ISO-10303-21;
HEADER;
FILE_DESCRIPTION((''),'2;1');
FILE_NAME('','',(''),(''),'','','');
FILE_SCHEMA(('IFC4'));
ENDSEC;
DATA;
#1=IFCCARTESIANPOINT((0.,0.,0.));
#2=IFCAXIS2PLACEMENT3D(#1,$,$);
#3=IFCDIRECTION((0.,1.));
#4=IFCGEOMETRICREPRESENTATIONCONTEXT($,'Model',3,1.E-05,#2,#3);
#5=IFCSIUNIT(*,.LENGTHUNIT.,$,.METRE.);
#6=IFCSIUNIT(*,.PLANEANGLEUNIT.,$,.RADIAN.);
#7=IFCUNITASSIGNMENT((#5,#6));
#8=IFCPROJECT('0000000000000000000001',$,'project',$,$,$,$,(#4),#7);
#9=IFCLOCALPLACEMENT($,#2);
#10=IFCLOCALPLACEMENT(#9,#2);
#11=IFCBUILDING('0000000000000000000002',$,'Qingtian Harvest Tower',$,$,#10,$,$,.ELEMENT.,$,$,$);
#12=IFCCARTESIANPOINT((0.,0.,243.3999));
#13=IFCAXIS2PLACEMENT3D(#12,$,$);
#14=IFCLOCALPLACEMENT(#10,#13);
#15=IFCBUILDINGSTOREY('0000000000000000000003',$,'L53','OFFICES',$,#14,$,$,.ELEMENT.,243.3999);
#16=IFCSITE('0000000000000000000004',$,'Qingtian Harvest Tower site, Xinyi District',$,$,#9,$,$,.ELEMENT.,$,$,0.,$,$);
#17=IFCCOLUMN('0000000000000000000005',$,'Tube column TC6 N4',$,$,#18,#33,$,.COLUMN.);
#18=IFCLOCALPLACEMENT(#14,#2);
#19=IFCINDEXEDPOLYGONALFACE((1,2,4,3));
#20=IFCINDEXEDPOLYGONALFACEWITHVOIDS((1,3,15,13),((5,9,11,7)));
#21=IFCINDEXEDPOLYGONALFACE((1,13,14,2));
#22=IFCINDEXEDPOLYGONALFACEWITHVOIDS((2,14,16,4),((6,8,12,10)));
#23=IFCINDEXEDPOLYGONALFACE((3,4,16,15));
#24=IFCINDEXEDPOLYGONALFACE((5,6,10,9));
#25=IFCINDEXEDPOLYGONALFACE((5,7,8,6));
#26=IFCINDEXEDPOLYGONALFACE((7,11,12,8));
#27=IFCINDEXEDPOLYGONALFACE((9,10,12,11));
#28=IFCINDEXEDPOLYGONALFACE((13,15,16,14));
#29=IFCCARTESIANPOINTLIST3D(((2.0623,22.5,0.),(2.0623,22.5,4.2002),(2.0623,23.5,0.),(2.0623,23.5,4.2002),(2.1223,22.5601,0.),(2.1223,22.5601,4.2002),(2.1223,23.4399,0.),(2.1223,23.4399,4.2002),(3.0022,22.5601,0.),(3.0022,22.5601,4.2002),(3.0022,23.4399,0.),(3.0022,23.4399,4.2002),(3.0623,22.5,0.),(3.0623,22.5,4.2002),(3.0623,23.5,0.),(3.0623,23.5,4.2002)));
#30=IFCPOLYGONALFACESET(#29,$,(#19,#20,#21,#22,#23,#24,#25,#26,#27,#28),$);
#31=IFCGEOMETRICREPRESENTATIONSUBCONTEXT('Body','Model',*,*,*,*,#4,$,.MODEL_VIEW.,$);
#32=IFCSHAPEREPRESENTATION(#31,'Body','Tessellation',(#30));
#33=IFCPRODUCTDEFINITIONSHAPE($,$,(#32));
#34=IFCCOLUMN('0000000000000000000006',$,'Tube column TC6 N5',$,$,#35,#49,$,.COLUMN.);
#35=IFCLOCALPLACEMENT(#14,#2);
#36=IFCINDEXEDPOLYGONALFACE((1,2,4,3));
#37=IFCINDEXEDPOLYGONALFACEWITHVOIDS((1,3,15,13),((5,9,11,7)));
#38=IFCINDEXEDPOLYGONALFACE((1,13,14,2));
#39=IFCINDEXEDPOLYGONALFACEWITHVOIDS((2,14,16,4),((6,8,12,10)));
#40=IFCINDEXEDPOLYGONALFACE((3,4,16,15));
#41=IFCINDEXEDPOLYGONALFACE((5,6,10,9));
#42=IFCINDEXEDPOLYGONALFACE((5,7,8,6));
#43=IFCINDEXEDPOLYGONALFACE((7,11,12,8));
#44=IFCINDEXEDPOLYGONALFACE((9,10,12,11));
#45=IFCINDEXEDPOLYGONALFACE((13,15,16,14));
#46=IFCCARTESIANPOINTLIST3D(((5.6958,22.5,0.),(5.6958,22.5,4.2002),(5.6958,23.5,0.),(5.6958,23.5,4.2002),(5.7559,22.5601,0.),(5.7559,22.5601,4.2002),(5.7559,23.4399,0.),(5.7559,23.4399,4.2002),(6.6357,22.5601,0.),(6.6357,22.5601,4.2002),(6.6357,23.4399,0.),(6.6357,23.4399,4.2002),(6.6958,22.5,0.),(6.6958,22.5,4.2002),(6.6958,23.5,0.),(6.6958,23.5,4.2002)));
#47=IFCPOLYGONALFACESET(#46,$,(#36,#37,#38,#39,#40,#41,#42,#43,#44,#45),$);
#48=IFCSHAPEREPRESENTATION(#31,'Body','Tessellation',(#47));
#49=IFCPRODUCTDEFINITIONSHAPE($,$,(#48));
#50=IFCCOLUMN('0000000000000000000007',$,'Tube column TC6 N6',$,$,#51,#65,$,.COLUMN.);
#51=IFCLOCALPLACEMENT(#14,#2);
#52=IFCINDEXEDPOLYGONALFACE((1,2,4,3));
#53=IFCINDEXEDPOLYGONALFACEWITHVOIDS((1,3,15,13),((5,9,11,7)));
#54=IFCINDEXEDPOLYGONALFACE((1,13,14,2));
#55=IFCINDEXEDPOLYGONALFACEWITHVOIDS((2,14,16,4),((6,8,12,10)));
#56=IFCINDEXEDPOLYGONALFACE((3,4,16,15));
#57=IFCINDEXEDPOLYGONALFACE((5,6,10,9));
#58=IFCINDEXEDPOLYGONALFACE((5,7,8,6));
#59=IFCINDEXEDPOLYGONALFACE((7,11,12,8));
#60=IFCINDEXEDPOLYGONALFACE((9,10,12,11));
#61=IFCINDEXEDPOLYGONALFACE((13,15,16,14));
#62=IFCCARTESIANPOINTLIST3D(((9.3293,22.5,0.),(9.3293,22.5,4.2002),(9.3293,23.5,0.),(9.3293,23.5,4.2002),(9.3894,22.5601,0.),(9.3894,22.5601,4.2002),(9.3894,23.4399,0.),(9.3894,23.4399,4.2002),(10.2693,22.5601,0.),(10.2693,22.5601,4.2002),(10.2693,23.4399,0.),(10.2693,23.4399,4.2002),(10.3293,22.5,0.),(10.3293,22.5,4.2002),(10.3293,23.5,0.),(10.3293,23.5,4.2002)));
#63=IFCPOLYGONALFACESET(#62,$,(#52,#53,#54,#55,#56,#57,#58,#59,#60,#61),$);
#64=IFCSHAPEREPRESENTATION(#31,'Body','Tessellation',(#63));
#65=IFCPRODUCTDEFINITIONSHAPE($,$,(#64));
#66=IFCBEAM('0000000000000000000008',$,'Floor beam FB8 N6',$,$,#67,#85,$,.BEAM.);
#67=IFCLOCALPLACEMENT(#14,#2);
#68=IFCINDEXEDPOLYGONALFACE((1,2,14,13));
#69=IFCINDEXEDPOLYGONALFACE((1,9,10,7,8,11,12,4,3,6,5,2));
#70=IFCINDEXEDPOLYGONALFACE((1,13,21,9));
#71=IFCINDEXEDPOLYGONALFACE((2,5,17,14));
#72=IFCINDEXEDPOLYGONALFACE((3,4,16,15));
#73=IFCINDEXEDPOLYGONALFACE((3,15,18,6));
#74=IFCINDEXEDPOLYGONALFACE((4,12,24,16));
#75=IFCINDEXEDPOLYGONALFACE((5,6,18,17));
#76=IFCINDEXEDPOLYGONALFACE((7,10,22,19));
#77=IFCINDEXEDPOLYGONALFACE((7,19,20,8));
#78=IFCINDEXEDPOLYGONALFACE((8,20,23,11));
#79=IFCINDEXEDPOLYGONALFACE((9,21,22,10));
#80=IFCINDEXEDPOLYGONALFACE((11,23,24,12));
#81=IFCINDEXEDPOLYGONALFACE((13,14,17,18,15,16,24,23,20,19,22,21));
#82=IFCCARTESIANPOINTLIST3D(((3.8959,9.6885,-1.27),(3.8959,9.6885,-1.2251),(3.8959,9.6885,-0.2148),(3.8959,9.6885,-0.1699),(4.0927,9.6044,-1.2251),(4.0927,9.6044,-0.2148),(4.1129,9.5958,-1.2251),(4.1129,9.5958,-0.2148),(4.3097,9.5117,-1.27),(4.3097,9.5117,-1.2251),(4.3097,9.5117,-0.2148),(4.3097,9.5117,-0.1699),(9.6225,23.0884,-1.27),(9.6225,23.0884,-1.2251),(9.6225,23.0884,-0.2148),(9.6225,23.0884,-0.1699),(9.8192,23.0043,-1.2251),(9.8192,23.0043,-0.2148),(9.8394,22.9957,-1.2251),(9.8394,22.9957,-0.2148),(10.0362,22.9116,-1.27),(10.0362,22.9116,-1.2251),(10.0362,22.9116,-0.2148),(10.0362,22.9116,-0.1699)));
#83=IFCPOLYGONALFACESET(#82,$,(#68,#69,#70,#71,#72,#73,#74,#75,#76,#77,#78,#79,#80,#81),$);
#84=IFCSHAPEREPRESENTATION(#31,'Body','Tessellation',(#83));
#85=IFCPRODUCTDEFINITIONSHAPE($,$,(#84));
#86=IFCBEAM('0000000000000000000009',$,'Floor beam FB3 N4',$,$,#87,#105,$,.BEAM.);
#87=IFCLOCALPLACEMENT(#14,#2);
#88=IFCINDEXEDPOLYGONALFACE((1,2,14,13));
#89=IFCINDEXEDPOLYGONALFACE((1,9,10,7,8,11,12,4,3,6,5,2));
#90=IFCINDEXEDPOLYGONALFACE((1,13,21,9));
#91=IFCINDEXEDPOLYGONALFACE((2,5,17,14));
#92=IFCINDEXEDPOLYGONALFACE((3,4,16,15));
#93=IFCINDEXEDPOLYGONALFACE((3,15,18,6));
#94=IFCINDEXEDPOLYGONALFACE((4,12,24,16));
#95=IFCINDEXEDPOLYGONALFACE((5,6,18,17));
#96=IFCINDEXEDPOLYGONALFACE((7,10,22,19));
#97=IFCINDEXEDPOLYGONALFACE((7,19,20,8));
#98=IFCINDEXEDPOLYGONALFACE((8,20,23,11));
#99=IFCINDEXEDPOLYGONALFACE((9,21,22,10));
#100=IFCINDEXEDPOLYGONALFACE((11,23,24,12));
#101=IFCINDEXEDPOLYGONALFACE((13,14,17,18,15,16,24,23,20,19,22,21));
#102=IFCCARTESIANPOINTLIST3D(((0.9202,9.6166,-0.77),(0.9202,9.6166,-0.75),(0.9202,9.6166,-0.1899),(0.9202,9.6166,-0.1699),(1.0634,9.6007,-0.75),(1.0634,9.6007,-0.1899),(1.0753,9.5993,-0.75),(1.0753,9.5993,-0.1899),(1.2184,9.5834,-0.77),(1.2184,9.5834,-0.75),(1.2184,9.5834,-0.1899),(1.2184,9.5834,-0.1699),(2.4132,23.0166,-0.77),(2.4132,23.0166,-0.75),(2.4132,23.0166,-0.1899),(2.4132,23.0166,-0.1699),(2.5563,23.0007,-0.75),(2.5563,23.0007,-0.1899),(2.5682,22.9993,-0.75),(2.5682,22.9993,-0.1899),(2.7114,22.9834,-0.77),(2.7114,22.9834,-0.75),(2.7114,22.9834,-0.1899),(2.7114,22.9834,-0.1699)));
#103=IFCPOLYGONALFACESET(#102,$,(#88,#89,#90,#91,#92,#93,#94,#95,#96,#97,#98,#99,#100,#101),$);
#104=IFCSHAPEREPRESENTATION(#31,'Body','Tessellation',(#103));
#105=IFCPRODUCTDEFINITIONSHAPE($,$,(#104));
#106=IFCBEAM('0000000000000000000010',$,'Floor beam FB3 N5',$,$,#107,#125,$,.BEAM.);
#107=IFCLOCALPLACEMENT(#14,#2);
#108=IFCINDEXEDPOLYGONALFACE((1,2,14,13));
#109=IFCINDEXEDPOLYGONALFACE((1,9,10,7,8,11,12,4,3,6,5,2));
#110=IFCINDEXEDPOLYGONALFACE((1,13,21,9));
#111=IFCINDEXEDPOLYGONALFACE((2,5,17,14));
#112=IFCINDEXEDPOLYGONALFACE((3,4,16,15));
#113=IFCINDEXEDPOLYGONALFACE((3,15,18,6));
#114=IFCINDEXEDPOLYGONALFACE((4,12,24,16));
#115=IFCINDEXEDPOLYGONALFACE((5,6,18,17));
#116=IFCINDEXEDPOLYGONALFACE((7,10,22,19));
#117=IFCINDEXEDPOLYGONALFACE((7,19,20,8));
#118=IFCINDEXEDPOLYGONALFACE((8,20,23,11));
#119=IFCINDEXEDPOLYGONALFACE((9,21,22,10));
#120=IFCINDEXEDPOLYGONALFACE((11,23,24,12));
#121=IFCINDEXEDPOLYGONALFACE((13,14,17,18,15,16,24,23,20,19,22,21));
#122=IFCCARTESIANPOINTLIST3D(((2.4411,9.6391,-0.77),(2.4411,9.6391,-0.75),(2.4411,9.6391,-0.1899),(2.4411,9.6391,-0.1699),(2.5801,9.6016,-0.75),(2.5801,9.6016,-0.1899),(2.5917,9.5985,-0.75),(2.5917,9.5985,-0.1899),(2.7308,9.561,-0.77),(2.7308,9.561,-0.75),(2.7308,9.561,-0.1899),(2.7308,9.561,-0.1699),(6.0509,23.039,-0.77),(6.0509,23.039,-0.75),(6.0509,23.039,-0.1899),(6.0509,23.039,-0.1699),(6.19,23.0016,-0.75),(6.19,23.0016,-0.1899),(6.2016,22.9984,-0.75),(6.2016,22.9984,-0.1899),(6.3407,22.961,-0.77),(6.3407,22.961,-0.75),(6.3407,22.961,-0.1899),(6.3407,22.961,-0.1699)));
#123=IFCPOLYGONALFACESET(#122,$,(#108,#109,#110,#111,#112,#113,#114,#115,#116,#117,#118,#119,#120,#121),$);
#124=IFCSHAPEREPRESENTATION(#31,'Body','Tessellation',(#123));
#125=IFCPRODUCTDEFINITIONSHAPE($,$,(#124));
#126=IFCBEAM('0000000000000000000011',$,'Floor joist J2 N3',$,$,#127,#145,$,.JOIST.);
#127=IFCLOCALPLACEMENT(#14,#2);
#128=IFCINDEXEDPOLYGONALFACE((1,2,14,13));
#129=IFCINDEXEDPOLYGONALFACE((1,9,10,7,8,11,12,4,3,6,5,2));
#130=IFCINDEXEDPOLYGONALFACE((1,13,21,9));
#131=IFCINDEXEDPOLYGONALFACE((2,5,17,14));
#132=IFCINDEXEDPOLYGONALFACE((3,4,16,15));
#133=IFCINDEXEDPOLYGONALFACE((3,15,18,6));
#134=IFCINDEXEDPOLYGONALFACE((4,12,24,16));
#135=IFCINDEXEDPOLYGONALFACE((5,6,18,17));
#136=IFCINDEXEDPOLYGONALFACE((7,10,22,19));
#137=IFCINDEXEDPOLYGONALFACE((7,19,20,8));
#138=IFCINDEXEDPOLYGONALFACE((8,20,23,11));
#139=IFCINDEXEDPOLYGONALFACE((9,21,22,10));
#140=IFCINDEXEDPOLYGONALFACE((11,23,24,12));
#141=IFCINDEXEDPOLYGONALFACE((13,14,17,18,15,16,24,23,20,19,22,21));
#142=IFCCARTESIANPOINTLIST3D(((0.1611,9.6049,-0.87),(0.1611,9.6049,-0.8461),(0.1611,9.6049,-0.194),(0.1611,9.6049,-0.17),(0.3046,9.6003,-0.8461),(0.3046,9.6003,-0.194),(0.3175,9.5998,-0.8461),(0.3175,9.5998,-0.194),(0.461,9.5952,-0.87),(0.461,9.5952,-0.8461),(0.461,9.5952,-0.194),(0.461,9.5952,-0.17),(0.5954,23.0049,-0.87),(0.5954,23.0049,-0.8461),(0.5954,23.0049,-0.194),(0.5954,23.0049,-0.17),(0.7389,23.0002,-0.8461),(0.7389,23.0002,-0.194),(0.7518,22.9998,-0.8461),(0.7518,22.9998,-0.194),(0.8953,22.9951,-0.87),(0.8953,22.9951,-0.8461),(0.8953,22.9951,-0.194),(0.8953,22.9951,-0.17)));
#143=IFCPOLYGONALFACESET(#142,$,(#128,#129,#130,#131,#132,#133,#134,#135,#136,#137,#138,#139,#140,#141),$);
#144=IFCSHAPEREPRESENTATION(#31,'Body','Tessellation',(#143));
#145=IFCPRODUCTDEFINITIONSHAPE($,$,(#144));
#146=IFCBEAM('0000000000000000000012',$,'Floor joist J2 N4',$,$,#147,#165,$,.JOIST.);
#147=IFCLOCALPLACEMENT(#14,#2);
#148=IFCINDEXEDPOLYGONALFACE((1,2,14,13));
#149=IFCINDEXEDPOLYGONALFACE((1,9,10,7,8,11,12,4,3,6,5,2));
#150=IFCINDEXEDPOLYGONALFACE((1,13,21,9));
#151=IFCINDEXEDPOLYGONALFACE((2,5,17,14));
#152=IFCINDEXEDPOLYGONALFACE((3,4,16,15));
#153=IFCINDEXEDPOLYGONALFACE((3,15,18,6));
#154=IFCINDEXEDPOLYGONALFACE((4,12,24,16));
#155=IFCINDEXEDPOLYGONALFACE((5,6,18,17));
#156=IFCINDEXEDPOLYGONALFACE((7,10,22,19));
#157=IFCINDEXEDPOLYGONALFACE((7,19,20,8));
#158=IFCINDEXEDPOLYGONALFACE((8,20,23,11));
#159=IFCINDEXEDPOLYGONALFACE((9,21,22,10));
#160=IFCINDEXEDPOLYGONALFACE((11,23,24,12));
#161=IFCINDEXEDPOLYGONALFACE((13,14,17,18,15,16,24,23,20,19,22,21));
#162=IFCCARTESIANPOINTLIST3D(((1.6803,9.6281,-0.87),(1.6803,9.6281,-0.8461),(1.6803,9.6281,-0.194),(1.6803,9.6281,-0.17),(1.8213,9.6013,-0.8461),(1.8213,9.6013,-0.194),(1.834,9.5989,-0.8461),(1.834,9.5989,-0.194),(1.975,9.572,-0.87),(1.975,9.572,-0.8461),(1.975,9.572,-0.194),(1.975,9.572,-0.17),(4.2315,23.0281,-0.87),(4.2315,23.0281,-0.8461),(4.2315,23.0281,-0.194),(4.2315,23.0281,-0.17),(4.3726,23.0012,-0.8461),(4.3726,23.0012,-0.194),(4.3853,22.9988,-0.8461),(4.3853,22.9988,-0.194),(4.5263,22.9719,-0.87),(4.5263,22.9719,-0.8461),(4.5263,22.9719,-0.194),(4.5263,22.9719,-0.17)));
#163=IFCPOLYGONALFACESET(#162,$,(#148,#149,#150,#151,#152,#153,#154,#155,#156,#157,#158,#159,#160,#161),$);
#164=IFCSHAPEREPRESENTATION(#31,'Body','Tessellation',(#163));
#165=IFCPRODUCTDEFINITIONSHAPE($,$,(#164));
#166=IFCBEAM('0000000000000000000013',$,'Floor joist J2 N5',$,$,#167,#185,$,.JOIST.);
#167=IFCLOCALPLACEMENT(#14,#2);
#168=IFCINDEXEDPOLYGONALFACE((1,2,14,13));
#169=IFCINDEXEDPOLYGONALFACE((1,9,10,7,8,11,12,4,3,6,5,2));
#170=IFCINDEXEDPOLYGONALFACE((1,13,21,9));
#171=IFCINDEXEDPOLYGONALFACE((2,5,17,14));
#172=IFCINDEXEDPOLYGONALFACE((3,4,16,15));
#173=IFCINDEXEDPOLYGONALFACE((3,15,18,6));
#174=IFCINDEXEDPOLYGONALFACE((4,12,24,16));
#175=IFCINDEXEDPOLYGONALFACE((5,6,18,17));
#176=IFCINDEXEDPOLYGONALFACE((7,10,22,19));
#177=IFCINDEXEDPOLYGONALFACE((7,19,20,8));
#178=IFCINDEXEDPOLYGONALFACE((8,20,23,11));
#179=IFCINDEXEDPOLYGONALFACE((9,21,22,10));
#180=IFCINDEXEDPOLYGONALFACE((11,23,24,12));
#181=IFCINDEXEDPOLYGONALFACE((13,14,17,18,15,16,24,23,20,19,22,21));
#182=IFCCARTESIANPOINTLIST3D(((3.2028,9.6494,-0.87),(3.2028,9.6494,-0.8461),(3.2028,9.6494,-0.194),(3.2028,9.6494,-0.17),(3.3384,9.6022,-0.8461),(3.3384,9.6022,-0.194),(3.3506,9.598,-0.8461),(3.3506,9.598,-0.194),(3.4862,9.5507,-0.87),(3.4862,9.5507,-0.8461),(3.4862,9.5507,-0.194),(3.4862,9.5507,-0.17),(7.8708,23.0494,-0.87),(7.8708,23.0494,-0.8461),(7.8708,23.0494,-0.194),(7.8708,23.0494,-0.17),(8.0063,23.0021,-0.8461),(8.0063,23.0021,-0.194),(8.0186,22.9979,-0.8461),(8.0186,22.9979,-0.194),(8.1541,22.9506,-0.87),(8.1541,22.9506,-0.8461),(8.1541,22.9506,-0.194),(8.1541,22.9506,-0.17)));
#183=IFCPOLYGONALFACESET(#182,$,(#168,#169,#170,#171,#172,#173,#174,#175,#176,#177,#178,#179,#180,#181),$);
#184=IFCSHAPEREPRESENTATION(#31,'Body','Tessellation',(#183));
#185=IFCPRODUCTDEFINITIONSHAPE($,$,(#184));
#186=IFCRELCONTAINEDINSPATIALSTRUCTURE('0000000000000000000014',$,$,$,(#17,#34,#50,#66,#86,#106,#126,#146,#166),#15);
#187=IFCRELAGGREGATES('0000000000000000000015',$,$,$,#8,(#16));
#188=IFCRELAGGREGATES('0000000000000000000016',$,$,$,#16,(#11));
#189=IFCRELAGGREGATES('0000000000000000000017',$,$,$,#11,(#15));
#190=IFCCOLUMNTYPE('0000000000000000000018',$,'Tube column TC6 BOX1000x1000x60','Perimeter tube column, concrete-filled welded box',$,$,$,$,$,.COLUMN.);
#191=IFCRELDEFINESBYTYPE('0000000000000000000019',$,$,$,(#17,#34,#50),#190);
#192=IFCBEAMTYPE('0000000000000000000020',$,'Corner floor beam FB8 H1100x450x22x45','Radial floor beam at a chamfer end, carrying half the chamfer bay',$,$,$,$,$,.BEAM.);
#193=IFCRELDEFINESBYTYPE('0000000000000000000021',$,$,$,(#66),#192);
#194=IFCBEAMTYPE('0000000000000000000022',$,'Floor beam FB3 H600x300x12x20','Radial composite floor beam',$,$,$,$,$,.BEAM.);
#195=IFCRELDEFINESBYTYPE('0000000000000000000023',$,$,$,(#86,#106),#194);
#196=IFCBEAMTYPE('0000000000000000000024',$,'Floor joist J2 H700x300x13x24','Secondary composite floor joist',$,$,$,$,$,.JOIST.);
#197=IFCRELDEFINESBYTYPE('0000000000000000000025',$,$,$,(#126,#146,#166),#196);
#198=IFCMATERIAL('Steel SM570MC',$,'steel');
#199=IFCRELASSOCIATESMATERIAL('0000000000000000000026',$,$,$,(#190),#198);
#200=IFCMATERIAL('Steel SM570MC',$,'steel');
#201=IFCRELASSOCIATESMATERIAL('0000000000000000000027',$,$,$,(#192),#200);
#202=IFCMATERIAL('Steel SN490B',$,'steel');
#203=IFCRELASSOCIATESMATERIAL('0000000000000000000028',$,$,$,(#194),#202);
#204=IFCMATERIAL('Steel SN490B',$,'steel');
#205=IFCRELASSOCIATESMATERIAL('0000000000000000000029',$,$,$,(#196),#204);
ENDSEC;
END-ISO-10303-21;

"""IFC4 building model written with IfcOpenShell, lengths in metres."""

from ifc_helpers import new_model, si_unit, direction, frame, origin, origin_2d, place, context, subcontext, project, spatial, hollow_rectangle, i_section, extrude, material, material_profile, profile_set, type_object, element, save


model = new_model("IFC4")

# Units and contexts
model_context = context("Model", 3, precision=1e-05, world=origin(), true_north=direction((0.0, 1.0)))
body_context = subcontext(model_context, "Body", "Model", "MODEL_VIEW")
ifc_project = project(units=[si_unit("LENGTHUNIT", "METRE"), si_unit("PLANEANGLEUNIT", "RADIAN")], contexts=[model_context])

# Site, building, storey
site_placement = place(None, origin())
site = spatial("IfcSite", under=ifc_project, at=site_placement, Name="Qingtian Harvest Tower site, Xinyi District", CompositionType="ELEMENT", RefElevation=0.0)
building_placement = place(site_placement, origin())
building = spatial("IfcBuilding", under=site, at=building_placement, Name="Qingtian Harvest Tower", CompositionType="ELEMENT")
storey_placement = place(building_placement, frame((0.0, 0.0, 243.3999)))
storey = spatial("IfcBuildingStorey", under=building, at=storey_placement, Name="L53", Description="OFFICES", CompositionType="ELEMENT", Elevation=243.3999)

# Columns
ifc_material_1 = material(Name="Steel SM570MC", Category="steel")
ifc_material_profile_1 = material_profile(ifc_material_1, hollow_rectangle(XDim=1.0, YDim=1.0, WallThickness=0.0601, at=origin_2d()), Name="BOX1000x1000x60")
ifc_profile_set_1 = profile_set([ifc_material_profile_1], Name="Steel SM570MC")
column_type = type_object("IfcColumnType", Name="Tube column TC6 BOX1000x1000x60", Description="Perimeter tube column, concrete-filled welded box", PredefinedType="COLUMN", material=ifc_profile_set_1)
for number, where, z_axis, x_axis, name in (
    (1, (2.5623, 23.0, 0.0), (0.0, 0.0, 1.0), (-1.0, 0.0, 0.0), "Tube column TC6 N4"),
    (2, (6.1958, 23.0, 0.0), (0.0, 0.0, 1.0), (-1.0, 0.0, 0.0), "Tube column TC6 N5"),
    (3, (9.8293, 23.0, 0.0), (0.0, 0.0, 1.0), (-1.0, 0.0, 0.0), "Tube column TC6 N6"),
):
    element("IfcColumn", number, at=place(storey_placement, frame(where, z_axis=z_axis, x_axis=x_axis)), inside=storey, type_object=column_type, Name=name, PredefinedType="COLUMN", context=body_context, shape_type="SweptSolid", body=[
        extrude(hollow_rectangle(XDim=1.0, YDim=1.0, WallThickness=0.0601, at=origin_2d()), origin(), (0.0, 0.0, 1.0), 4.2002),
    ])

# Beams
ifc_material_2 = material(Name="Steel SM570MC", Category="steel")
ifc_material_profile_2 = material_profile(ifc_material_2, i_section(OverallWidth=0.45, OverallDepth=1.1001, WebThickness=0.022, FlangeThickness=0.0449, at=origin_2d()), Name="H1100x450x22x45")
ifc_profile_set_2 = profile_set([ifc_material_profile_2], Name="Steel SM570MC")
beam_type_1 = type_object("IfcBeamType", Name="Corner floor beam FB8 H1100x450x22x45", Description="Radial floor beam at a chamfer end, carrying half the chamfer bay", PredefinedType="BEAM", material=ifc_profile_set_2)
beam_1_placement = place(storey_placement, frame((9.8293, 23.0, -0.72), z_axis=(-0.392977, -0.919548, 0.0), x_axis=(0.919548, -0.392977, 0.0)))
element("IfcBeam", 4, at=beam_1_placement, inside=storey, type_object=beam_type_1, Name="Floor beam FB8 N6", PredefinedType="BEAM", context=body_context, shape_type="SweptSolid", body=[
    extrude(i_section(OverallWidth=0.45, OverallDepth=1.1001, WebThickness=0.022, FlangeThickness=0.0449, at=origin_2d()), origin(), (0.0, 0.0, 1.0), 14.5723),
])
ifc_material_3 = material(Name="Steel SN490B", Category="steel")
ifc_material_profile_3 = material_profile(ifc_material_3, i_section(OverallWidth=0.3, OverallDepth=0.6001, WebThickness=0.012, FlangeThickness=0.02, at=origin_2d()), Name="H600x300x12x20")
ifc_profile_set_3 = profile_set([ifc_material_profile_3], Name="Steel SN490B")
beam_type_2 = type_object("IfcBeamType", Name="Floor beam FB3 H600x300x12x20", Description="Radial composite floor beam", PredefinedType="BEAM", material=ifc_profile_set_3)
beam_2_placement = place(storey_placement, frame((2.5623, 23.0, -0.47), z_axis=(-0.110728, -0.993851, 0.0), x_axis=(0.993851, -0.110728, 0.0)))
element("IfcBeam", 5, at=beam_2_placement, inside=storey, type_object=beam_type_2, Name="Floor beam FB3 N4", PredefinedType="BEAM", context=body_context, shape_type="SweptSolid", body=[
    extrude(i_section(OverallWidth=0.3, OverallDepth=0.6001, WebThickness=0.012, FlangeThickness=0.02, at=origin_2d()), origin(), (0.0, 0.0, 1.0), 13.4829),
])
beam_3_placement = place(storey_placement, frame((6.1958, 23.0, -0.47), z_axis=(-0.260121, -0.965576, 0.0), x_axis=(0.965576, -0.260121, 0.0)))
element("IfcBeam", 6, at=beam_3_placement, inside=storey, type_object=beam_type_2, Name="Floor beam FB3 N5", PredefinedType="BEAM", context=body_context, shape_type="SweptSolid", body=[
    extrude(i_section(OverallWidth=0.3, OverallDepth=0.6001, WebThickness=0.012, FlangeThickness=0.02, at=origin_2d()), origin(), (0.0, 0.0, 1.0), 13.8777),
])
ifc_material_4 = material(Name="Steel SN490B", Category="steel")
ifc_material_profile_4 = material_profile(ifc_material_4, i_section(OverallWidth=0.3, OverallDepth=0.7, WebThickness=0.0129, FlangeThickness=0.0239, at=origin_2d()), Name="H700x300x13x24")
ifc_profile_set_4 = profile_set([ifc_material_profile_4], Name="Steel SN490B")
beam_type_3 = type_object("IfcBeamType", Name="Floor joist J2 H700x300x13x24", Description="Secondary composite floor joist", PredefinedType="JOIST", material=ifc_profile_set_4)
beam_4_placement = place(storey_placement, frame((0.7454, 23.0, -0.52), z_axis=(-0.032396, -0.999475, 0.0), x_axis=(0.999475, -0.032396, 0.0)))
element("IfcBeam", 7, at=beam_4_placement, inside=storey, type_object=beam_type_3, Name="Floor joist J2 N3", PredefinedType="JOIST", context=body_context, shape_type="SweptSolid", body=[
    extrude(i_section(OverallWidth=0.3, OverallDepth=0.7, WebThickness=0.0129, FlangeThickness=0.0239, at=origin_2d()), origin(), (0.0, 0.0, 1.0), 13.407),
])
beam_5_placement = place(storey_placement, frame((4.3789, 23.0, -0.52), z_axis=(-0.187035, -0.982353, 0.0), x_axis=(0.982353, -0.187035, 0.0)))
element("IfcBeam", 8, at=beam_5_placement, inside=storey, type_object=beam_type_3, Name="Floor joist J2 N4", PredefinedType="JOIST", context=body_context, shape_type="SweptSolid", body=[
    extrude(i_section(OverallWidth=0.3, OverallDepth=0.7, WebThickness=0.0129, FlangeThickness=0.0239, at=origin_2d()), origin(), (0.0, 0.0, 1.0), 13.6406),
])
beam_6_placement = place(storey_placement, frame((8.0125, 23.0, -0.52), z_axis=(-0.328969, -0.944341, 0.0), x_axis=(0.944341, -0.328969, 0.0)))
element("IfcBeam", 9, at=beam_6_placement, inside=storey, type_object=beam_type_3, Name="Floor joist J2 N5", PredefinedType="JOIST", context=body_context, shape_type="SweptSolid", body=[
    extrude(i_section(OverallWidth=0.3, OverallDepth=0.7, WebThickness=0.0129, FlangeThickness=0.0239, at=origin_2d()), origin(), (0.0, 0.0, 1.0), 14.1897),
])

save(model, "model.ifc")
